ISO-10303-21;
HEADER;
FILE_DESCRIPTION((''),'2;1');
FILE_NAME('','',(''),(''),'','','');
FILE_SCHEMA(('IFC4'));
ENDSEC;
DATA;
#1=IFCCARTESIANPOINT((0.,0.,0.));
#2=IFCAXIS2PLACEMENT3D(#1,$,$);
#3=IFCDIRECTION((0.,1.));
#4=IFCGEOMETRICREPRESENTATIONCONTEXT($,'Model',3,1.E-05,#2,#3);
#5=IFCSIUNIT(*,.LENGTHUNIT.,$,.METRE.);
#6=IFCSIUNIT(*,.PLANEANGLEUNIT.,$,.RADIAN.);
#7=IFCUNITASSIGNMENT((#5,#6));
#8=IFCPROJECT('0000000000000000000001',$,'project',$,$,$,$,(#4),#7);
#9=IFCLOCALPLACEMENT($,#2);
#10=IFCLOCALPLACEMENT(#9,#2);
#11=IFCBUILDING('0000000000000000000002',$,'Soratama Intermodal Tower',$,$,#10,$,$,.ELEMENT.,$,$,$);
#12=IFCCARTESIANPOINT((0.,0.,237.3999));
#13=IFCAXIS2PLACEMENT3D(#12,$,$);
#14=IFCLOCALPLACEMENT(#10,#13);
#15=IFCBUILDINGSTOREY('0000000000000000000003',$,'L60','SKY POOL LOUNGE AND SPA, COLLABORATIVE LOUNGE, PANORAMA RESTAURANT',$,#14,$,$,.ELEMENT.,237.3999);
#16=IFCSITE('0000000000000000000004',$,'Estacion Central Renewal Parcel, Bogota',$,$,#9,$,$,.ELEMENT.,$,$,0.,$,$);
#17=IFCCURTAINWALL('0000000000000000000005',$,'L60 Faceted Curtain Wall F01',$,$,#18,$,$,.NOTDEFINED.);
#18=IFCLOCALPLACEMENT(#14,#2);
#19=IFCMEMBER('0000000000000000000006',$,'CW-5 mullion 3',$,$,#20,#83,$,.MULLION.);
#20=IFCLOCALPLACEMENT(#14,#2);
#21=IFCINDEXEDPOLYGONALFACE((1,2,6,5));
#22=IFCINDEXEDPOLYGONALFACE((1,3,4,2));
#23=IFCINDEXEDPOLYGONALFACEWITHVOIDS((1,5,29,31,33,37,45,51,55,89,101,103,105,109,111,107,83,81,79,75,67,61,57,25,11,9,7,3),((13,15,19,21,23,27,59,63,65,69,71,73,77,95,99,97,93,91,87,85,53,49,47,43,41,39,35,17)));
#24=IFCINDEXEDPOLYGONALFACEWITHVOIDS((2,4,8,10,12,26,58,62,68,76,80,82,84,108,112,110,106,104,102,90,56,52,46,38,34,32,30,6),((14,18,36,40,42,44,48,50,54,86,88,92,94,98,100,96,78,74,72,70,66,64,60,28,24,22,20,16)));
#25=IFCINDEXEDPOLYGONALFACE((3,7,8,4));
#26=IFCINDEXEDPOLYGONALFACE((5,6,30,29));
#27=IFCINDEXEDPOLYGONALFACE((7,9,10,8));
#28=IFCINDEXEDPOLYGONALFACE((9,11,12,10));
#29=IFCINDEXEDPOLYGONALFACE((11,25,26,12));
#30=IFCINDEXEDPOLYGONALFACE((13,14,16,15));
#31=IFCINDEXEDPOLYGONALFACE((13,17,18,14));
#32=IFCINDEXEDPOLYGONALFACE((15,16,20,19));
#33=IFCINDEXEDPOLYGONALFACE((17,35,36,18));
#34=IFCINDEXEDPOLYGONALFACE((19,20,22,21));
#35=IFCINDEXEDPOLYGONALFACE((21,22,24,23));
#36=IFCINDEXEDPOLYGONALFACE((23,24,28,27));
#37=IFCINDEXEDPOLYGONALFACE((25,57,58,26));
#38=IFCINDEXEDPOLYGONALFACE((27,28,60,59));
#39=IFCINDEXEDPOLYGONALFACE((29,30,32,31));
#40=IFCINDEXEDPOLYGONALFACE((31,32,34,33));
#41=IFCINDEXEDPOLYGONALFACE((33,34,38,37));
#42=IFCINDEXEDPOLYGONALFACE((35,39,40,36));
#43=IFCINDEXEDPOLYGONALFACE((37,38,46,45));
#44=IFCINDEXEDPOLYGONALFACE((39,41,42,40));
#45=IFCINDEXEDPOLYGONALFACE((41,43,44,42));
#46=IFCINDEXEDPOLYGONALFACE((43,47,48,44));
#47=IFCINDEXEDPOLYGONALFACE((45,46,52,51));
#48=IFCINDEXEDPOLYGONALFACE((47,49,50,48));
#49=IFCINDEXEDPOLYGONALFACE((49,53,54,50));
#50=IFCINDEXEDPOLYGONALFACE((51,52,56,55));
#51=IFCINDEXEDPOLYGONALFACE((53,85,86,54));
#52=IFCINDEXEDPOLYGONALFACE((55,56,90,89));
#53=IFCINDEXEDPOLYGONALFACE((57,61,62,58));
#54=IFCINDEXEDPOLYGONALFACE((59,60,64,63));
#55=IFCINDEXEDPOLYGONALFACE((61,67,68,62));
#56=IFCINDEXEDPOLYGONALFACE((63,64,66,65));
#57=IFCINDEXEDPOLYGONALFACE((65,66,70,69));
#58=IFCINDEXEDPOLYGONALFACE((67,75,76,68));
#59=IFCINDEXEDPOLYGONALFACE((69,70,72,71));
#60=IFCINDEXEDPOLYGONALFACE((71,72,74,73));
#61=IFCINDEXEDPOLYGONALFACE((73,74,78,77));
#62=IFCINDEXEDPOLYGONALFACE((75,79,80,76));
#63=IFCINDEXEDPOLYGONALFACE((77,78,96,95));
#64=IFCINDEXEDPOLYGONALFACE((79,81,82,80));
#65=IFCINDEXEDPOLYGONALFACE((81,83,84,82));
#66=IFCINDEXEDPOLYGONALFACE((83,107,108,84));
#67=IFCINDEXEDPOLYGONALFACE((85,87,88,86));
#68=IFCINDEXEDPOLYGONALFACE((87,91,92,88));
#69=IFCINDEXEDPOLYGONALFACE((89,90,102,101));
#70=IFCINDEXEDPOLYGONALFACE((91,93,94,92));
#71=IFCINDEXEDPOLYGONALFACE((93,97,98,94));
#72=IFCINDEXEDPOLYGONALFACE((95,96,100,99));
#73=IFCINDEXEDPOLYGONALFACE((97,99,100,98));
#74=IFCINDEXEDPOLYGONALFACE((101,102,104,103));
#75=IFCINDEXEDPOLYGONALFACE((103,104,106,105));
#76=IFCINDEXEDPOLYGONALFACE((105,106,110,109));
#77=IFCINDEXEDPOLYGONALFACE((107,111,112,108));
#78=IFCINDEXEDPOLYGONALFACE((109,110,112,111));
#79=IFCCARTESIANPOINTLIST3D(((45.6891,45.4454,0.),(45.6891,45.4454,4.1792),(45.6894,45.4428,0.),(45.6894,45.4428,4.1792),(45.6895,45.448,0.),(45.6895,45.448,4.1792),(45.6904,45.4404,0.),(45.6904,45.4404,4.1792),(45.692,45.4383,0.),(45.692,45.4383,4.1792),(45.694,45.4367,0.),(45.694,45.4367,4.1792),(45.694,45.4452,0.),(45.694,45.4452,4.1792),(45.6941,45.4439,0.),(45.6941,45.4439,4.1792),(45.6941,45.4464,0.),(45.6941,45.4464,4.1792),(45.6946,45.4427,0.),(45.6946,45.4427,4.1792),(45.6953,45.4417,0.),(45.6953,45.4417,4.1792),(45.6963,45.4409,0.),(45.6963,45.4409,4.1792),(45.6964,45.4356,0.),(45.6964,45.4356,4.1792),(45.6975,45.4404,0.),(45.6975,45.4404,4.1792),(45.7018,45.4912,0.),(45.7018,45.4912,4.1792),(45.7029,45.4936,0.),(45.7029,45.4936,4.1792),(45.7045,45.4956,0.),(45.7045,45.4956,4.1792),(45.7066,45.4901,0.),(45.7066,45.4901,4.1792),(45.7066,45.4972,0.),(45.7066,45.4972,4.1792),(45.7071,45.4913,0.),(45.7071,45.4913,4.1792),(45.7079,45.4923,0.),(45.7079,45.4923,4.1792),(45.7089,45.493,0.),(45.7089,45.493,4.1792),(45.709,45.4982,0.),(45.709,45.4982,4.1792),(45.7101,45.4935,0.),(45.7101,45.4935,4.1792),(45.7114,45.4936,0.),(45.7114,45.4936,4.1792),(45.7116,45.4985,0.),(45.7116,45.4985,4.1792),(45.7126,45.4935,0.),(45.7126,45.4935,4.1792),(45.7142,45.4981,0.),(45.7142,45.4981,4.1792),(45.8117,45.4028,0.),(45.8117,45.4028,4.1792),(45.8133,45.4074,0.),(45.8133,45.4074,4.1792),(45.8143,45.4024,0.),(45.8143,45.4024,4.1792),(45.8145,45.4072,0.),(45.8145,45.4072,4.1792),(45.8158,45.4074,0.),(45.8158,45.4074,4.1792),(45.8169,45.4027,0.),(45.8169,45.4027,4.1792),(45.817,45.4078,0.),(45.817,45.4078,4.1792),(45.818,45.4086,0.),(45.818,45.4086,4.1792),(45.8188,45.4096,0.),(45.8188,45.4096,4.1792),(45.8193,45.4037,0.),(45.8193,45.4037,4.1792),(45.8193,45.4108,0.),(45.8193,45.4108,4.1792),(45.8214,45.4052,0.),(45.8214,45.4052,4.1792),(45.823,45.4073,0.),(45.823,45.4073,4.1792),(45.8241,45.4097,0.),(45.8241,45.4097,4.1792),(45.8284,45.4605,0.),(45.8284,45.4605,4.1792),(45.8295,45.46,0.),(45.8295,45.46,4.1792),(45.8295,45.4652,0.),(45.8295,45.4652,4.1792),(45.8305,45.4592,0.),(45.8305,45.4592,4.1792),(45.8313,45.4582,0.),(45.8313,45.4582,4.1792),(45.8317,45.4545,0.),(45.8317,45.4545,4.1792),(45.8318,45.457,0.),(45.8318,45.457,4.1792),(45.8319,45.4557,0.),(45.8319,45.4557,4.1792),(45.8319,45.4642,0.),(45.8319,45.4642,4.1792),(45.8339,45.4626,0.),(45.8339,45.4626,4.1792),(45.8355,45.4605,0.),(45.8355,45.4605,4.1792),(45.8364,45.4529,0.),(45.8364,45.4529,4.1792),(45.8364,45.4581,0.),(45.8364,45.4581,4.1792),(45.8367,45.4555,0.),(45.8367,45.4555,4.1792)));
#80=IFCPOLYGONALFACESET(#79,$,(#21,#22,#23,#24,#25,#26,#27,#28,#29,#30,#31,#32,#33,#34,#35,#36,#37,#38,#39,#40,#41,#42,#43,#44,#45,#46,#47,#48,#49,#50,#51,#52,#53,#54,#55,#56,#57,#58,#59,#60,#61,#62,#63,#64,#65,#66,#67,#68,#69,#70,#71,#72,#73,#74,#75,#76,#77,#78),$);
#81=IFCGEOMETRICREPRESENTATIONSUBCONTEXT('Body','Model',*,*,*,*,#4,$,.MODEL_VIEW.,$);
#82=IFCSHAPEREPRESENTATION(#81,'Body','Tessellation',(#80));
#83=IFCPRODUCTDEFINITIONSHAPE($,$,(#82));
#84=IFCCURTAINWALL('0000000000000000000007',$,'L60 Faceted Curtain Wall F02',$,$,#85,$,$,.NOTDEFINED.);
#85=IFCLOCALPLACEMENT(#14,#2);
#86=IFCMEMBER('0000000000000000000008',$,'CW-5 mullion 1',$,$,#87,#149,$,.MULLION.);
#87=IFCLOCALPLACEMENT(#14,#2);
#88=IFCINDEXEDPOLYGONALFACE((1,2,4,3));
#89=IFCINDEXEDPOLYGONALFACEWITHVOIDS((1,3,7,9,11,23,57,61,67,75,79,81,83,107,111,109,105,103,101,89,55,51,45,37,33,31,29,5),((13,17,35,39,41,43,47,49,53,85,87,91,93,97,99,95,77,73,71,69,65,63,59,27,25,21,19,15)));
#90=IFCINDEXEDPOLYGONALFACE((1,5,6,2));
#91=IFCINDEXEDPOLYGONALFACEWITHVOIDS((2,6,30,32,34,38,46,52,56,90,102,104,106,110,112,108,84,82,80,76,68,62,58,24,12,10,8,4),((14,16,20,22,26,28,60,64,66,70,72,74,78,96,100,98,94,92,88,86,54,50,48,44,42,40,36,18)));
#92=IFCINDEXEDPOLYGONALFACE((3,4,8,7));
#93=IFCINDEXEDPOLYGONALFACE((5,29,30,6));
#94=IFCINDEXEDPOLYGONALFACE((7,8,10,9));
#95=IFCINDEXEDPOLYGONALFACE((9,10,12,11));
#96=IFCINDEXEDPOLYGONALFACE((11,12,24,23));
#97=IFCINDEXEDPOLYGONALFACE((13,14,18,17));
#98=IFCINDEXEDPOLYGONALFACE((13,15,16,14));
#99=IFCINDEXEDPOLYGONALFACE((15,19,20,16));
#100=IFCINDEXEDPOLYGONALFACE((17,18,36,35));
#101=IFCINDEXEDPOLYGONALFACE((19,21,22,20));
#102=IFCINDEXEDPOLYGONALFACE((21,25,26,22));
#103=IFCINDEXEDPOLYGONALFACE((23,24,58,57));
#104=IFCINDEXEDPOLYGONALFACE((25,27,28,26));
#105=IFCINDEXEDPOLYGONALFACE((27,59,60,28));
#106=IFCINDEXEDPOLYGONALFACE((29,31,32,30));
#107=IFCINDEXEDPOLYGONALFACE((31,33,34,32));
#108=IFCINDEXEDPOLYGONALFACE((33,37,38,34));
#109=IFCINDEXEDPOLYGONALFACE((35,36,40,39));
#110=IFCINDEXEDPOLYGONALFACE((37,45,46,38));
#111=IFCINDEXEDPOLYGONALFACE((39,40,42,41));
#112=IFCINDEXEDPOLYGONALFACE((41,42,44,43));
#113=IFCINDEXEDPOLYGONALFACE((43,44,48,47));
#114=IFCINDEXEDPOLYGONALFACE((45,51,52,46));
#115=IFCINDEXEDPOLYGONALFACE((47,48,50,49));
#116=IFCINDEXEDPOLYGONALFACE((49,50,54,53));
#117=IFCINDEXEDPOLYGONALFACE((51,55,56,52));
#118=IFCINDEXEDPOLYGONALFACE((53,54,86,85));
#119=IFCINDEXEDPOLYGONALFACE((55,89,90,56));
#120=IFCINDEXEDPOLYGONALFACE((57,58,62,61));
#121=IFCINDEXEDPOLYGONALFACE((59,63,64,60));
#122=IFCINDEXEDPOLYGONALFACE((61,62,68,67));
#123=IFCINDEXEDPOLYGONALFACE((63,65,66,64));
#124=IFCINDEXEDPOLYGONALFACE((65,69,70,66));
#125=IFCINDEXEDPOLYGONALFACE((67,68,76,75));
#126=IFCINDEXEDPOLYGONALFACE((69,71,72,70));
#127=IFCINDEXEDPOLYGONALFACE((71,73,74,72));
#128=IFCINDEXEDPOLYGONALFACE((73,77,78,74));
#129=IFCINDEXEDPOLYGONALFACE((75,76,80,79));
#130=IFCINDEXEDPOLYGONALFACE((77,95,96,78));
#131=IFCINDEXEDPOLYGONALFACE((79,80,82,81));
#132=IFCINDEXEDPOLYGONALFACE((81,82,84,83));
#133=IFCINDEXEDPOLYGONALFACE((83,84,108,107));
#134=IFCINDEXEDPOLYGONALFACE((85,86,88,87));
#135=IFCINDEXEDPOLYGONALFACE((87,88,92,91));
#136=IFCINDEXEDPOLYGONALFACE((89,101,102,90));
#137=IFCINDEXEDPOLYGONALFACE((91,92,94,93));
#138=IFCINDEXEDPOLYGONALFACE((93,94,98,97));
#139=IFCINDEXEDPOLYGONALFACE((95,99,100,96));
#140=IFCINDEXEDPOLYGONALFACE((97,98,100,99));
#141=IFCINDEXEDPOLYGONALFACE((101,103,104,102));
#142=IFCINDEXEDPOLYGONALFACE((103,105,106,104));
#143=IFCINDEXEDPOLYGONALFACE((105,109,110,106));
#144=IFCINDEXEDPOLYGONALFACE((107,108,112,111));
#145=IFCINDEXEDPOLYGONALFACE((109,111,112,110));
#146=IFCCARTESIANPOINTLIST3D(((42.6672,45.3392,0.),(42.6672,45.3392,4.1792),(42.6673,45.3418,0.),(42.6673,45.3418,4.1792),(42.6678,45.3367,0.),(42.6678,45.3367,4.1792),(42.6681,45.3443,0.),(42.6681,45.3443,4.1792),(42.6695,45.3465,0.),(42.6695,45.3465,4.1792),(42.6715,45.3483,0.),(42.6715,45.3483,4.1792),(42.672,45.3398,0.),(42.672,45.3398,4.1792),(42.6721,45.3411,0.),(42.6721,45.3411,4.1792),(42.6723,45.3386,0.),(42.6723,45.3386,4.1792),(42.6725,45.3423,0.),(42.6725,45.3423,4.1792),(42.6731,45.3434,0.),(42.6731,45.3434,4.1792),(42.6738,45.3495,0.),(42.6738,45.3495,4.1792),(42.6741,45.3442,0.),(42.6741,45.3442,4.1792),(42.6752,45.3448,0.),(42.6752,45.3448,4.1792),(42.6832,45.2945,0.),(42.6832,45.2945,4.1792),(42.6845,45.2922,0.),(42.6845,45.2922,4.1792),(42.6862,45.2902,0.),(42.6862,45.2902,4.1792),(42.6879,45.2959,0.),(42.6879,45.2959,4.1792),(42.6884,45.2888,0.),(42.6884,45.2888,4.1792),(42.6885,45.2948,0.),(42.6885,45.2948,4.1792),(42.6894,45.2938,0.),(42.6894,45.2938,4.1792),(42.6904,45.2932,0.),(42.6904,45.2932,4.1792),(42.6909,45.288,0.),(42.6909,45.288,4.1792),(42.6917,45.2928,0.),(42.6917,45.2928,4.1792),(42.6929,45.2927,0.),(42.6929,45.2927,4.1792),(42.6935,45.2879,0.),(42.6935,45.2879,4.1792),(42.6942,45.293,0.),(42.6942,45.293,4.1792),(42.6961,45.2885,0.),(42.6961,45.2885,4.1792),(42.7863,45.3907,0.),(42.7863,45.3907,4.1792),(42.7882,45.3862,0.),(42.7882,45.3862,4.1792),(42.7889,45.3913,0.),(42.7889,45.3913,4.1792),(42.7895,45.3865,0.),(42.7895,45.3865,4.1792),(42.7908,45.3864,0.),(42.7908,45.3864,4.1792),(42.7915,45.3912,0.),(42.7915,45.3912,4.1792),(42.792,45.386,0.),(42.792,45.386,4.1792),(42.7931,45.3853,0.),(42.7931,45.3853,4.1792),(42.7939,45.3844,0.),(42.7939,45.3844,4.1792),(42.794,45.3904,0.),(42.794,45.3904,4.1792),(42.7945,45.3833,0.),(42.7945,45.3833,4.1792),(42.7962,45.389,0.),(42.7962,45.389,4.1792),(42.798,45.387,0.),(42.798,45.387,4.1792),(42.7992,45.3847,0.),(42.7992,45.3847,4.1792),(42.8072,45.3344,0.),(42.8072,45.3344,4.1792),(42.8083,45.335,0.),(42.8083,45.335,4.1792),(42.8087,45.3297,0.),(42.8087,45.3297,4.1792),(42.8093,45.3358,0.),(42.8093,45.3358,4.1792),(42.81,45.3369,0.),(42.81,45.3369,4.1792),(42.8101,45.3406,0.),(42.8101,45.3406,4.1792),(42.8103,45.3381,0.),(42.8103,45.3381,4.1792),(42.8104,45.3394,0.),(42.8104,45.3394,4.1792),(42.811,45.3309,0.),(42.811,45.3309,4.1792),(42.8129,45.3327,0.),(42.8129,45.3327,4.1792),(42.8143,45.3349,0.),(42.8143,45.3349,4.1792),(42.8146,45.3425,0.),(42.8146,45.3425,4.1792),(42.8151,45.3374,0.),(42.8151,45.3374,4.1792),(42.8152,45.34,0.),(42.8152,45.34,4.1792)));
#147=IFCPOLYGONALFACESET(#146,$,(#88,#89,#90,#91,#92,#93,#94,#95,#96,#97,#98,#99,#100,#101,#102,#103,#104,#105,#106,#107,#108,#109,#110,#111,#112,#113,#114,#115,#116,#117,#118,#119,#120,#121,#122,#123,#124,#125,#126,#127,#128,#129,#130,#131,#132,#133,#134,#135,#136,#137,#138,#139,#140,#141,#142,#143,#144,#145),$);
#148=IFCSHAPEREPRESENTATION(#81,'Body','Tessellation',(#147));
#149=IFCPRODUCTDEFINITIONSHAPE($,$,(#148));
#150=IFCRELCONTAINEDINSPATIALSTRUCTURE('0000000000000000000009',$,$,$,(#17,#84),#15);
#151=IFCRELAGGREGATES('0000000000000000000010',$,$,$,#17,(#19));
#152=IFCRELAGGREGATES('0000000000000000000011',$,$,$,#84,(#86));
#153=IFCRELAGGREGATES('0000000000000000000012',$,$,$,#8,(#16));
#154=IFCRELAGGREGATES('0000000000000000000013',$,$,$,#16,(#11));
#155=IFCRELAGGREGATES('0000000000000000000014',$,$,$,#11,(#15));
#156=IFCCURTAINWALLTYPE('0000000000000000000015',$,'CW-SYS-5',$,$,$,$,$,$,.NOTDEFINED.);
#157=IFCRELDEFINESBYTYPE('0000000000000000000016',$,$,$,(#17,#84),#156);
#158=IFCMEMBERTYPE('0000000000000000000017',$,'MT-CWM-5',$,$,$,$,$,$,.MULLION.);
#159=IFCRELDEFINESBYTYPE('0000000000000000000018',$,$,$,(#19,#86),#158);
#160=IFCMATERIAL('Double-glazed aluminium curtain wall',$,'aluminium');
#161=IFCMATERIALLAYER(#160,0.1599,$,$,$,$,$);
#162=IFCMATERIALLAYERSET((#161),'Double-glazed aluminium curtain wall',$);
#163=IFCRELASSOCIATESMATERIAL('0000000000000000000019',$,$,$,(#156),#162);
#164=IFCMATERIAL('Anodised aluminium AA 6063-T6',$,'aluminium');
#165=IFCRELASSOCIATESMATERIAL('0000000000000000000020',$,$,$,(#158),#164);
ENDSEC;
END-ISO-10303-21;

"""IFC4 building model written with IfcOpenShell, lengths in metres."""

from ifc_helpers import new_model, si_unit, direction, frame, origin, origin_2d, place, context, subcontext, project, spatial, hollow_rectangle, extrude, material, layer, layer_set, material_profile, profile_set, type_object, element, aggregate, save


model = new_model("IFC4")

# Units and contexts
model_context = context("Model", 3, precision=1e-05, world=origin(), true_north=direction((0.0, 1.0)))
body_context = subcontext(model_context, "Body", "Model", "MODEL_VIEW")
ifc_project = project(units=[si_unit("LENGTHUNIT", "METRE"), si_unit("PLANEANGLEUNIT", "RADIAN")], contexts=[model_context])

# Site, building, storey
site_placement = place(None, origin())
site = spatial("IfcSite", under=ifc_project, at=site_placement, Name="Estacion Central Renewal Parcel, Bogota", CompositionType="ELEMENT", RefElevation=0.0)
building_placement = place(site_placement, origin())
building = spatial("IfcBuilding", under=site, at=building_placement, Name="Soratama Intermodal Tower", CompositionType="ELEMENT")
storey_placement = place(building_placement, frame((0.0, 0.0, 237.3999)))
storey = spatial("IfcBuildingStorey", under=building, at=storey_placement, Name="L60", Description="SKY POOL LOUNGE AND SPA, COLLABORATIVE LOUNGE, PANORAMA RESTAURANT", CompositionType="ELEMENT", Elevation=237.3999)

# Curtain walls, members
ifc_material_1 = material(Name="Double-glazed aluminium curtain wall", Category="aluminium")
ifc_layer_1 = layer(ifc_material_1, 0.1599)
ifc_layer_set_1 = layer_set([ifc_layer_1], Name="Double-glazed aluminium curtain wall")
curtain_wall_type = type_object("IfcCurtainWallType", Name="CW-SYS-5", PredefinedType="NOTDEFINED", material=ifc_layer_set_1)
curtain_wall_1_placement = place(storey_placement, origin())
curtain_wall_1 = element("IfcCurtainWall", 1, at=curtain_wall_1_placement, inside=storey, type_object=curtain_wall_type, Name="L60 Faceted Curtain Wall F01", PredefinedType="NOTDEFINED")
ifc_material_2 = material(Name="Anodised aluminium AA 6063-T6", Category="aluminium")
ifc_material_profile_1 = material_profile(ifc_material_2, hollow_rectangle(XDim=0.0649, YDim=0.1399, WallThickness=0.0049, InnerFilletRadius=0.0049, OuterFilletRadius=0.01, at=origin_2d()), Name="CWM140X65X5")
ifc_profile_set_1 = profile_set([ifc_material_profile_1], Name="Anodised aluminium AA 6063-T6")
member_type_1 = type_object("IfcMemberType", Name="MT-CWM-5", PredefinedType="MULLION", material=ifc_profile_set_1)
member_1_placement = place(storey_placement, frame((45.7629, 45.4504, 0.0), z_axis=(0.0, 0.0, 1.0), x_axis=(-0.273963, -0.96174, 0.0)))
member_1 = element("IfcMember", 2, at=member_1_placement, type_object=member_type_1, Name="CW-5 mullion 3", PredefinedType="MULLION", context=body_context, shape_type="SweptSolid", body=[
    extrude(hollow_rectangle(XDim=0.0649, YDim=0.1399, WallThickness=0.0049, InnerFilletRadius=0.0049, OuterFilletRadius=0.01, at=origin_2d()), origin(), (0.0, 0.0, 1.0), 4.1792),
])
curtain_wall_2_placement = place(storey_placement, origin())
curtain_wall_2 = element("IfcCurtainWall", 3, at=curtain_wall_2_placement, inside=storey, type_object=curtain_wall_type, Name="L60 Faceted Curtain Wall F02", PredefinedType="NOTDEFINED")
member_2_placement = place(storey_placement, frame((42.7412, 45.3396, 0.0), z_axis=(0.0, 0.0, 1.0), x_axis=(0.343664, -0.939093, 0.0)))
member_2 = element("IfcMember", 4, at=member_2_placement, type_object=member_type_1, Name="CW-5 mullion 1", PredefinedType="MULLION", context=body_context, shape_type="SweptSolid", body=[
    extrude(hollow_rectangle(XDim=0.0649, YDim=0.1399, WallThickness=0.0049, InnerFilletRadius=0.0049, OuterFilletRadius=0.01, at=origin_2d()), origin(), (0.0, 0.0, 1.0), 4.1792),
])

aggregate(curtain_wall_1, [member_1])
aggregate(curtain_wall_2, [member_2])

save(model, "model.ifc")
